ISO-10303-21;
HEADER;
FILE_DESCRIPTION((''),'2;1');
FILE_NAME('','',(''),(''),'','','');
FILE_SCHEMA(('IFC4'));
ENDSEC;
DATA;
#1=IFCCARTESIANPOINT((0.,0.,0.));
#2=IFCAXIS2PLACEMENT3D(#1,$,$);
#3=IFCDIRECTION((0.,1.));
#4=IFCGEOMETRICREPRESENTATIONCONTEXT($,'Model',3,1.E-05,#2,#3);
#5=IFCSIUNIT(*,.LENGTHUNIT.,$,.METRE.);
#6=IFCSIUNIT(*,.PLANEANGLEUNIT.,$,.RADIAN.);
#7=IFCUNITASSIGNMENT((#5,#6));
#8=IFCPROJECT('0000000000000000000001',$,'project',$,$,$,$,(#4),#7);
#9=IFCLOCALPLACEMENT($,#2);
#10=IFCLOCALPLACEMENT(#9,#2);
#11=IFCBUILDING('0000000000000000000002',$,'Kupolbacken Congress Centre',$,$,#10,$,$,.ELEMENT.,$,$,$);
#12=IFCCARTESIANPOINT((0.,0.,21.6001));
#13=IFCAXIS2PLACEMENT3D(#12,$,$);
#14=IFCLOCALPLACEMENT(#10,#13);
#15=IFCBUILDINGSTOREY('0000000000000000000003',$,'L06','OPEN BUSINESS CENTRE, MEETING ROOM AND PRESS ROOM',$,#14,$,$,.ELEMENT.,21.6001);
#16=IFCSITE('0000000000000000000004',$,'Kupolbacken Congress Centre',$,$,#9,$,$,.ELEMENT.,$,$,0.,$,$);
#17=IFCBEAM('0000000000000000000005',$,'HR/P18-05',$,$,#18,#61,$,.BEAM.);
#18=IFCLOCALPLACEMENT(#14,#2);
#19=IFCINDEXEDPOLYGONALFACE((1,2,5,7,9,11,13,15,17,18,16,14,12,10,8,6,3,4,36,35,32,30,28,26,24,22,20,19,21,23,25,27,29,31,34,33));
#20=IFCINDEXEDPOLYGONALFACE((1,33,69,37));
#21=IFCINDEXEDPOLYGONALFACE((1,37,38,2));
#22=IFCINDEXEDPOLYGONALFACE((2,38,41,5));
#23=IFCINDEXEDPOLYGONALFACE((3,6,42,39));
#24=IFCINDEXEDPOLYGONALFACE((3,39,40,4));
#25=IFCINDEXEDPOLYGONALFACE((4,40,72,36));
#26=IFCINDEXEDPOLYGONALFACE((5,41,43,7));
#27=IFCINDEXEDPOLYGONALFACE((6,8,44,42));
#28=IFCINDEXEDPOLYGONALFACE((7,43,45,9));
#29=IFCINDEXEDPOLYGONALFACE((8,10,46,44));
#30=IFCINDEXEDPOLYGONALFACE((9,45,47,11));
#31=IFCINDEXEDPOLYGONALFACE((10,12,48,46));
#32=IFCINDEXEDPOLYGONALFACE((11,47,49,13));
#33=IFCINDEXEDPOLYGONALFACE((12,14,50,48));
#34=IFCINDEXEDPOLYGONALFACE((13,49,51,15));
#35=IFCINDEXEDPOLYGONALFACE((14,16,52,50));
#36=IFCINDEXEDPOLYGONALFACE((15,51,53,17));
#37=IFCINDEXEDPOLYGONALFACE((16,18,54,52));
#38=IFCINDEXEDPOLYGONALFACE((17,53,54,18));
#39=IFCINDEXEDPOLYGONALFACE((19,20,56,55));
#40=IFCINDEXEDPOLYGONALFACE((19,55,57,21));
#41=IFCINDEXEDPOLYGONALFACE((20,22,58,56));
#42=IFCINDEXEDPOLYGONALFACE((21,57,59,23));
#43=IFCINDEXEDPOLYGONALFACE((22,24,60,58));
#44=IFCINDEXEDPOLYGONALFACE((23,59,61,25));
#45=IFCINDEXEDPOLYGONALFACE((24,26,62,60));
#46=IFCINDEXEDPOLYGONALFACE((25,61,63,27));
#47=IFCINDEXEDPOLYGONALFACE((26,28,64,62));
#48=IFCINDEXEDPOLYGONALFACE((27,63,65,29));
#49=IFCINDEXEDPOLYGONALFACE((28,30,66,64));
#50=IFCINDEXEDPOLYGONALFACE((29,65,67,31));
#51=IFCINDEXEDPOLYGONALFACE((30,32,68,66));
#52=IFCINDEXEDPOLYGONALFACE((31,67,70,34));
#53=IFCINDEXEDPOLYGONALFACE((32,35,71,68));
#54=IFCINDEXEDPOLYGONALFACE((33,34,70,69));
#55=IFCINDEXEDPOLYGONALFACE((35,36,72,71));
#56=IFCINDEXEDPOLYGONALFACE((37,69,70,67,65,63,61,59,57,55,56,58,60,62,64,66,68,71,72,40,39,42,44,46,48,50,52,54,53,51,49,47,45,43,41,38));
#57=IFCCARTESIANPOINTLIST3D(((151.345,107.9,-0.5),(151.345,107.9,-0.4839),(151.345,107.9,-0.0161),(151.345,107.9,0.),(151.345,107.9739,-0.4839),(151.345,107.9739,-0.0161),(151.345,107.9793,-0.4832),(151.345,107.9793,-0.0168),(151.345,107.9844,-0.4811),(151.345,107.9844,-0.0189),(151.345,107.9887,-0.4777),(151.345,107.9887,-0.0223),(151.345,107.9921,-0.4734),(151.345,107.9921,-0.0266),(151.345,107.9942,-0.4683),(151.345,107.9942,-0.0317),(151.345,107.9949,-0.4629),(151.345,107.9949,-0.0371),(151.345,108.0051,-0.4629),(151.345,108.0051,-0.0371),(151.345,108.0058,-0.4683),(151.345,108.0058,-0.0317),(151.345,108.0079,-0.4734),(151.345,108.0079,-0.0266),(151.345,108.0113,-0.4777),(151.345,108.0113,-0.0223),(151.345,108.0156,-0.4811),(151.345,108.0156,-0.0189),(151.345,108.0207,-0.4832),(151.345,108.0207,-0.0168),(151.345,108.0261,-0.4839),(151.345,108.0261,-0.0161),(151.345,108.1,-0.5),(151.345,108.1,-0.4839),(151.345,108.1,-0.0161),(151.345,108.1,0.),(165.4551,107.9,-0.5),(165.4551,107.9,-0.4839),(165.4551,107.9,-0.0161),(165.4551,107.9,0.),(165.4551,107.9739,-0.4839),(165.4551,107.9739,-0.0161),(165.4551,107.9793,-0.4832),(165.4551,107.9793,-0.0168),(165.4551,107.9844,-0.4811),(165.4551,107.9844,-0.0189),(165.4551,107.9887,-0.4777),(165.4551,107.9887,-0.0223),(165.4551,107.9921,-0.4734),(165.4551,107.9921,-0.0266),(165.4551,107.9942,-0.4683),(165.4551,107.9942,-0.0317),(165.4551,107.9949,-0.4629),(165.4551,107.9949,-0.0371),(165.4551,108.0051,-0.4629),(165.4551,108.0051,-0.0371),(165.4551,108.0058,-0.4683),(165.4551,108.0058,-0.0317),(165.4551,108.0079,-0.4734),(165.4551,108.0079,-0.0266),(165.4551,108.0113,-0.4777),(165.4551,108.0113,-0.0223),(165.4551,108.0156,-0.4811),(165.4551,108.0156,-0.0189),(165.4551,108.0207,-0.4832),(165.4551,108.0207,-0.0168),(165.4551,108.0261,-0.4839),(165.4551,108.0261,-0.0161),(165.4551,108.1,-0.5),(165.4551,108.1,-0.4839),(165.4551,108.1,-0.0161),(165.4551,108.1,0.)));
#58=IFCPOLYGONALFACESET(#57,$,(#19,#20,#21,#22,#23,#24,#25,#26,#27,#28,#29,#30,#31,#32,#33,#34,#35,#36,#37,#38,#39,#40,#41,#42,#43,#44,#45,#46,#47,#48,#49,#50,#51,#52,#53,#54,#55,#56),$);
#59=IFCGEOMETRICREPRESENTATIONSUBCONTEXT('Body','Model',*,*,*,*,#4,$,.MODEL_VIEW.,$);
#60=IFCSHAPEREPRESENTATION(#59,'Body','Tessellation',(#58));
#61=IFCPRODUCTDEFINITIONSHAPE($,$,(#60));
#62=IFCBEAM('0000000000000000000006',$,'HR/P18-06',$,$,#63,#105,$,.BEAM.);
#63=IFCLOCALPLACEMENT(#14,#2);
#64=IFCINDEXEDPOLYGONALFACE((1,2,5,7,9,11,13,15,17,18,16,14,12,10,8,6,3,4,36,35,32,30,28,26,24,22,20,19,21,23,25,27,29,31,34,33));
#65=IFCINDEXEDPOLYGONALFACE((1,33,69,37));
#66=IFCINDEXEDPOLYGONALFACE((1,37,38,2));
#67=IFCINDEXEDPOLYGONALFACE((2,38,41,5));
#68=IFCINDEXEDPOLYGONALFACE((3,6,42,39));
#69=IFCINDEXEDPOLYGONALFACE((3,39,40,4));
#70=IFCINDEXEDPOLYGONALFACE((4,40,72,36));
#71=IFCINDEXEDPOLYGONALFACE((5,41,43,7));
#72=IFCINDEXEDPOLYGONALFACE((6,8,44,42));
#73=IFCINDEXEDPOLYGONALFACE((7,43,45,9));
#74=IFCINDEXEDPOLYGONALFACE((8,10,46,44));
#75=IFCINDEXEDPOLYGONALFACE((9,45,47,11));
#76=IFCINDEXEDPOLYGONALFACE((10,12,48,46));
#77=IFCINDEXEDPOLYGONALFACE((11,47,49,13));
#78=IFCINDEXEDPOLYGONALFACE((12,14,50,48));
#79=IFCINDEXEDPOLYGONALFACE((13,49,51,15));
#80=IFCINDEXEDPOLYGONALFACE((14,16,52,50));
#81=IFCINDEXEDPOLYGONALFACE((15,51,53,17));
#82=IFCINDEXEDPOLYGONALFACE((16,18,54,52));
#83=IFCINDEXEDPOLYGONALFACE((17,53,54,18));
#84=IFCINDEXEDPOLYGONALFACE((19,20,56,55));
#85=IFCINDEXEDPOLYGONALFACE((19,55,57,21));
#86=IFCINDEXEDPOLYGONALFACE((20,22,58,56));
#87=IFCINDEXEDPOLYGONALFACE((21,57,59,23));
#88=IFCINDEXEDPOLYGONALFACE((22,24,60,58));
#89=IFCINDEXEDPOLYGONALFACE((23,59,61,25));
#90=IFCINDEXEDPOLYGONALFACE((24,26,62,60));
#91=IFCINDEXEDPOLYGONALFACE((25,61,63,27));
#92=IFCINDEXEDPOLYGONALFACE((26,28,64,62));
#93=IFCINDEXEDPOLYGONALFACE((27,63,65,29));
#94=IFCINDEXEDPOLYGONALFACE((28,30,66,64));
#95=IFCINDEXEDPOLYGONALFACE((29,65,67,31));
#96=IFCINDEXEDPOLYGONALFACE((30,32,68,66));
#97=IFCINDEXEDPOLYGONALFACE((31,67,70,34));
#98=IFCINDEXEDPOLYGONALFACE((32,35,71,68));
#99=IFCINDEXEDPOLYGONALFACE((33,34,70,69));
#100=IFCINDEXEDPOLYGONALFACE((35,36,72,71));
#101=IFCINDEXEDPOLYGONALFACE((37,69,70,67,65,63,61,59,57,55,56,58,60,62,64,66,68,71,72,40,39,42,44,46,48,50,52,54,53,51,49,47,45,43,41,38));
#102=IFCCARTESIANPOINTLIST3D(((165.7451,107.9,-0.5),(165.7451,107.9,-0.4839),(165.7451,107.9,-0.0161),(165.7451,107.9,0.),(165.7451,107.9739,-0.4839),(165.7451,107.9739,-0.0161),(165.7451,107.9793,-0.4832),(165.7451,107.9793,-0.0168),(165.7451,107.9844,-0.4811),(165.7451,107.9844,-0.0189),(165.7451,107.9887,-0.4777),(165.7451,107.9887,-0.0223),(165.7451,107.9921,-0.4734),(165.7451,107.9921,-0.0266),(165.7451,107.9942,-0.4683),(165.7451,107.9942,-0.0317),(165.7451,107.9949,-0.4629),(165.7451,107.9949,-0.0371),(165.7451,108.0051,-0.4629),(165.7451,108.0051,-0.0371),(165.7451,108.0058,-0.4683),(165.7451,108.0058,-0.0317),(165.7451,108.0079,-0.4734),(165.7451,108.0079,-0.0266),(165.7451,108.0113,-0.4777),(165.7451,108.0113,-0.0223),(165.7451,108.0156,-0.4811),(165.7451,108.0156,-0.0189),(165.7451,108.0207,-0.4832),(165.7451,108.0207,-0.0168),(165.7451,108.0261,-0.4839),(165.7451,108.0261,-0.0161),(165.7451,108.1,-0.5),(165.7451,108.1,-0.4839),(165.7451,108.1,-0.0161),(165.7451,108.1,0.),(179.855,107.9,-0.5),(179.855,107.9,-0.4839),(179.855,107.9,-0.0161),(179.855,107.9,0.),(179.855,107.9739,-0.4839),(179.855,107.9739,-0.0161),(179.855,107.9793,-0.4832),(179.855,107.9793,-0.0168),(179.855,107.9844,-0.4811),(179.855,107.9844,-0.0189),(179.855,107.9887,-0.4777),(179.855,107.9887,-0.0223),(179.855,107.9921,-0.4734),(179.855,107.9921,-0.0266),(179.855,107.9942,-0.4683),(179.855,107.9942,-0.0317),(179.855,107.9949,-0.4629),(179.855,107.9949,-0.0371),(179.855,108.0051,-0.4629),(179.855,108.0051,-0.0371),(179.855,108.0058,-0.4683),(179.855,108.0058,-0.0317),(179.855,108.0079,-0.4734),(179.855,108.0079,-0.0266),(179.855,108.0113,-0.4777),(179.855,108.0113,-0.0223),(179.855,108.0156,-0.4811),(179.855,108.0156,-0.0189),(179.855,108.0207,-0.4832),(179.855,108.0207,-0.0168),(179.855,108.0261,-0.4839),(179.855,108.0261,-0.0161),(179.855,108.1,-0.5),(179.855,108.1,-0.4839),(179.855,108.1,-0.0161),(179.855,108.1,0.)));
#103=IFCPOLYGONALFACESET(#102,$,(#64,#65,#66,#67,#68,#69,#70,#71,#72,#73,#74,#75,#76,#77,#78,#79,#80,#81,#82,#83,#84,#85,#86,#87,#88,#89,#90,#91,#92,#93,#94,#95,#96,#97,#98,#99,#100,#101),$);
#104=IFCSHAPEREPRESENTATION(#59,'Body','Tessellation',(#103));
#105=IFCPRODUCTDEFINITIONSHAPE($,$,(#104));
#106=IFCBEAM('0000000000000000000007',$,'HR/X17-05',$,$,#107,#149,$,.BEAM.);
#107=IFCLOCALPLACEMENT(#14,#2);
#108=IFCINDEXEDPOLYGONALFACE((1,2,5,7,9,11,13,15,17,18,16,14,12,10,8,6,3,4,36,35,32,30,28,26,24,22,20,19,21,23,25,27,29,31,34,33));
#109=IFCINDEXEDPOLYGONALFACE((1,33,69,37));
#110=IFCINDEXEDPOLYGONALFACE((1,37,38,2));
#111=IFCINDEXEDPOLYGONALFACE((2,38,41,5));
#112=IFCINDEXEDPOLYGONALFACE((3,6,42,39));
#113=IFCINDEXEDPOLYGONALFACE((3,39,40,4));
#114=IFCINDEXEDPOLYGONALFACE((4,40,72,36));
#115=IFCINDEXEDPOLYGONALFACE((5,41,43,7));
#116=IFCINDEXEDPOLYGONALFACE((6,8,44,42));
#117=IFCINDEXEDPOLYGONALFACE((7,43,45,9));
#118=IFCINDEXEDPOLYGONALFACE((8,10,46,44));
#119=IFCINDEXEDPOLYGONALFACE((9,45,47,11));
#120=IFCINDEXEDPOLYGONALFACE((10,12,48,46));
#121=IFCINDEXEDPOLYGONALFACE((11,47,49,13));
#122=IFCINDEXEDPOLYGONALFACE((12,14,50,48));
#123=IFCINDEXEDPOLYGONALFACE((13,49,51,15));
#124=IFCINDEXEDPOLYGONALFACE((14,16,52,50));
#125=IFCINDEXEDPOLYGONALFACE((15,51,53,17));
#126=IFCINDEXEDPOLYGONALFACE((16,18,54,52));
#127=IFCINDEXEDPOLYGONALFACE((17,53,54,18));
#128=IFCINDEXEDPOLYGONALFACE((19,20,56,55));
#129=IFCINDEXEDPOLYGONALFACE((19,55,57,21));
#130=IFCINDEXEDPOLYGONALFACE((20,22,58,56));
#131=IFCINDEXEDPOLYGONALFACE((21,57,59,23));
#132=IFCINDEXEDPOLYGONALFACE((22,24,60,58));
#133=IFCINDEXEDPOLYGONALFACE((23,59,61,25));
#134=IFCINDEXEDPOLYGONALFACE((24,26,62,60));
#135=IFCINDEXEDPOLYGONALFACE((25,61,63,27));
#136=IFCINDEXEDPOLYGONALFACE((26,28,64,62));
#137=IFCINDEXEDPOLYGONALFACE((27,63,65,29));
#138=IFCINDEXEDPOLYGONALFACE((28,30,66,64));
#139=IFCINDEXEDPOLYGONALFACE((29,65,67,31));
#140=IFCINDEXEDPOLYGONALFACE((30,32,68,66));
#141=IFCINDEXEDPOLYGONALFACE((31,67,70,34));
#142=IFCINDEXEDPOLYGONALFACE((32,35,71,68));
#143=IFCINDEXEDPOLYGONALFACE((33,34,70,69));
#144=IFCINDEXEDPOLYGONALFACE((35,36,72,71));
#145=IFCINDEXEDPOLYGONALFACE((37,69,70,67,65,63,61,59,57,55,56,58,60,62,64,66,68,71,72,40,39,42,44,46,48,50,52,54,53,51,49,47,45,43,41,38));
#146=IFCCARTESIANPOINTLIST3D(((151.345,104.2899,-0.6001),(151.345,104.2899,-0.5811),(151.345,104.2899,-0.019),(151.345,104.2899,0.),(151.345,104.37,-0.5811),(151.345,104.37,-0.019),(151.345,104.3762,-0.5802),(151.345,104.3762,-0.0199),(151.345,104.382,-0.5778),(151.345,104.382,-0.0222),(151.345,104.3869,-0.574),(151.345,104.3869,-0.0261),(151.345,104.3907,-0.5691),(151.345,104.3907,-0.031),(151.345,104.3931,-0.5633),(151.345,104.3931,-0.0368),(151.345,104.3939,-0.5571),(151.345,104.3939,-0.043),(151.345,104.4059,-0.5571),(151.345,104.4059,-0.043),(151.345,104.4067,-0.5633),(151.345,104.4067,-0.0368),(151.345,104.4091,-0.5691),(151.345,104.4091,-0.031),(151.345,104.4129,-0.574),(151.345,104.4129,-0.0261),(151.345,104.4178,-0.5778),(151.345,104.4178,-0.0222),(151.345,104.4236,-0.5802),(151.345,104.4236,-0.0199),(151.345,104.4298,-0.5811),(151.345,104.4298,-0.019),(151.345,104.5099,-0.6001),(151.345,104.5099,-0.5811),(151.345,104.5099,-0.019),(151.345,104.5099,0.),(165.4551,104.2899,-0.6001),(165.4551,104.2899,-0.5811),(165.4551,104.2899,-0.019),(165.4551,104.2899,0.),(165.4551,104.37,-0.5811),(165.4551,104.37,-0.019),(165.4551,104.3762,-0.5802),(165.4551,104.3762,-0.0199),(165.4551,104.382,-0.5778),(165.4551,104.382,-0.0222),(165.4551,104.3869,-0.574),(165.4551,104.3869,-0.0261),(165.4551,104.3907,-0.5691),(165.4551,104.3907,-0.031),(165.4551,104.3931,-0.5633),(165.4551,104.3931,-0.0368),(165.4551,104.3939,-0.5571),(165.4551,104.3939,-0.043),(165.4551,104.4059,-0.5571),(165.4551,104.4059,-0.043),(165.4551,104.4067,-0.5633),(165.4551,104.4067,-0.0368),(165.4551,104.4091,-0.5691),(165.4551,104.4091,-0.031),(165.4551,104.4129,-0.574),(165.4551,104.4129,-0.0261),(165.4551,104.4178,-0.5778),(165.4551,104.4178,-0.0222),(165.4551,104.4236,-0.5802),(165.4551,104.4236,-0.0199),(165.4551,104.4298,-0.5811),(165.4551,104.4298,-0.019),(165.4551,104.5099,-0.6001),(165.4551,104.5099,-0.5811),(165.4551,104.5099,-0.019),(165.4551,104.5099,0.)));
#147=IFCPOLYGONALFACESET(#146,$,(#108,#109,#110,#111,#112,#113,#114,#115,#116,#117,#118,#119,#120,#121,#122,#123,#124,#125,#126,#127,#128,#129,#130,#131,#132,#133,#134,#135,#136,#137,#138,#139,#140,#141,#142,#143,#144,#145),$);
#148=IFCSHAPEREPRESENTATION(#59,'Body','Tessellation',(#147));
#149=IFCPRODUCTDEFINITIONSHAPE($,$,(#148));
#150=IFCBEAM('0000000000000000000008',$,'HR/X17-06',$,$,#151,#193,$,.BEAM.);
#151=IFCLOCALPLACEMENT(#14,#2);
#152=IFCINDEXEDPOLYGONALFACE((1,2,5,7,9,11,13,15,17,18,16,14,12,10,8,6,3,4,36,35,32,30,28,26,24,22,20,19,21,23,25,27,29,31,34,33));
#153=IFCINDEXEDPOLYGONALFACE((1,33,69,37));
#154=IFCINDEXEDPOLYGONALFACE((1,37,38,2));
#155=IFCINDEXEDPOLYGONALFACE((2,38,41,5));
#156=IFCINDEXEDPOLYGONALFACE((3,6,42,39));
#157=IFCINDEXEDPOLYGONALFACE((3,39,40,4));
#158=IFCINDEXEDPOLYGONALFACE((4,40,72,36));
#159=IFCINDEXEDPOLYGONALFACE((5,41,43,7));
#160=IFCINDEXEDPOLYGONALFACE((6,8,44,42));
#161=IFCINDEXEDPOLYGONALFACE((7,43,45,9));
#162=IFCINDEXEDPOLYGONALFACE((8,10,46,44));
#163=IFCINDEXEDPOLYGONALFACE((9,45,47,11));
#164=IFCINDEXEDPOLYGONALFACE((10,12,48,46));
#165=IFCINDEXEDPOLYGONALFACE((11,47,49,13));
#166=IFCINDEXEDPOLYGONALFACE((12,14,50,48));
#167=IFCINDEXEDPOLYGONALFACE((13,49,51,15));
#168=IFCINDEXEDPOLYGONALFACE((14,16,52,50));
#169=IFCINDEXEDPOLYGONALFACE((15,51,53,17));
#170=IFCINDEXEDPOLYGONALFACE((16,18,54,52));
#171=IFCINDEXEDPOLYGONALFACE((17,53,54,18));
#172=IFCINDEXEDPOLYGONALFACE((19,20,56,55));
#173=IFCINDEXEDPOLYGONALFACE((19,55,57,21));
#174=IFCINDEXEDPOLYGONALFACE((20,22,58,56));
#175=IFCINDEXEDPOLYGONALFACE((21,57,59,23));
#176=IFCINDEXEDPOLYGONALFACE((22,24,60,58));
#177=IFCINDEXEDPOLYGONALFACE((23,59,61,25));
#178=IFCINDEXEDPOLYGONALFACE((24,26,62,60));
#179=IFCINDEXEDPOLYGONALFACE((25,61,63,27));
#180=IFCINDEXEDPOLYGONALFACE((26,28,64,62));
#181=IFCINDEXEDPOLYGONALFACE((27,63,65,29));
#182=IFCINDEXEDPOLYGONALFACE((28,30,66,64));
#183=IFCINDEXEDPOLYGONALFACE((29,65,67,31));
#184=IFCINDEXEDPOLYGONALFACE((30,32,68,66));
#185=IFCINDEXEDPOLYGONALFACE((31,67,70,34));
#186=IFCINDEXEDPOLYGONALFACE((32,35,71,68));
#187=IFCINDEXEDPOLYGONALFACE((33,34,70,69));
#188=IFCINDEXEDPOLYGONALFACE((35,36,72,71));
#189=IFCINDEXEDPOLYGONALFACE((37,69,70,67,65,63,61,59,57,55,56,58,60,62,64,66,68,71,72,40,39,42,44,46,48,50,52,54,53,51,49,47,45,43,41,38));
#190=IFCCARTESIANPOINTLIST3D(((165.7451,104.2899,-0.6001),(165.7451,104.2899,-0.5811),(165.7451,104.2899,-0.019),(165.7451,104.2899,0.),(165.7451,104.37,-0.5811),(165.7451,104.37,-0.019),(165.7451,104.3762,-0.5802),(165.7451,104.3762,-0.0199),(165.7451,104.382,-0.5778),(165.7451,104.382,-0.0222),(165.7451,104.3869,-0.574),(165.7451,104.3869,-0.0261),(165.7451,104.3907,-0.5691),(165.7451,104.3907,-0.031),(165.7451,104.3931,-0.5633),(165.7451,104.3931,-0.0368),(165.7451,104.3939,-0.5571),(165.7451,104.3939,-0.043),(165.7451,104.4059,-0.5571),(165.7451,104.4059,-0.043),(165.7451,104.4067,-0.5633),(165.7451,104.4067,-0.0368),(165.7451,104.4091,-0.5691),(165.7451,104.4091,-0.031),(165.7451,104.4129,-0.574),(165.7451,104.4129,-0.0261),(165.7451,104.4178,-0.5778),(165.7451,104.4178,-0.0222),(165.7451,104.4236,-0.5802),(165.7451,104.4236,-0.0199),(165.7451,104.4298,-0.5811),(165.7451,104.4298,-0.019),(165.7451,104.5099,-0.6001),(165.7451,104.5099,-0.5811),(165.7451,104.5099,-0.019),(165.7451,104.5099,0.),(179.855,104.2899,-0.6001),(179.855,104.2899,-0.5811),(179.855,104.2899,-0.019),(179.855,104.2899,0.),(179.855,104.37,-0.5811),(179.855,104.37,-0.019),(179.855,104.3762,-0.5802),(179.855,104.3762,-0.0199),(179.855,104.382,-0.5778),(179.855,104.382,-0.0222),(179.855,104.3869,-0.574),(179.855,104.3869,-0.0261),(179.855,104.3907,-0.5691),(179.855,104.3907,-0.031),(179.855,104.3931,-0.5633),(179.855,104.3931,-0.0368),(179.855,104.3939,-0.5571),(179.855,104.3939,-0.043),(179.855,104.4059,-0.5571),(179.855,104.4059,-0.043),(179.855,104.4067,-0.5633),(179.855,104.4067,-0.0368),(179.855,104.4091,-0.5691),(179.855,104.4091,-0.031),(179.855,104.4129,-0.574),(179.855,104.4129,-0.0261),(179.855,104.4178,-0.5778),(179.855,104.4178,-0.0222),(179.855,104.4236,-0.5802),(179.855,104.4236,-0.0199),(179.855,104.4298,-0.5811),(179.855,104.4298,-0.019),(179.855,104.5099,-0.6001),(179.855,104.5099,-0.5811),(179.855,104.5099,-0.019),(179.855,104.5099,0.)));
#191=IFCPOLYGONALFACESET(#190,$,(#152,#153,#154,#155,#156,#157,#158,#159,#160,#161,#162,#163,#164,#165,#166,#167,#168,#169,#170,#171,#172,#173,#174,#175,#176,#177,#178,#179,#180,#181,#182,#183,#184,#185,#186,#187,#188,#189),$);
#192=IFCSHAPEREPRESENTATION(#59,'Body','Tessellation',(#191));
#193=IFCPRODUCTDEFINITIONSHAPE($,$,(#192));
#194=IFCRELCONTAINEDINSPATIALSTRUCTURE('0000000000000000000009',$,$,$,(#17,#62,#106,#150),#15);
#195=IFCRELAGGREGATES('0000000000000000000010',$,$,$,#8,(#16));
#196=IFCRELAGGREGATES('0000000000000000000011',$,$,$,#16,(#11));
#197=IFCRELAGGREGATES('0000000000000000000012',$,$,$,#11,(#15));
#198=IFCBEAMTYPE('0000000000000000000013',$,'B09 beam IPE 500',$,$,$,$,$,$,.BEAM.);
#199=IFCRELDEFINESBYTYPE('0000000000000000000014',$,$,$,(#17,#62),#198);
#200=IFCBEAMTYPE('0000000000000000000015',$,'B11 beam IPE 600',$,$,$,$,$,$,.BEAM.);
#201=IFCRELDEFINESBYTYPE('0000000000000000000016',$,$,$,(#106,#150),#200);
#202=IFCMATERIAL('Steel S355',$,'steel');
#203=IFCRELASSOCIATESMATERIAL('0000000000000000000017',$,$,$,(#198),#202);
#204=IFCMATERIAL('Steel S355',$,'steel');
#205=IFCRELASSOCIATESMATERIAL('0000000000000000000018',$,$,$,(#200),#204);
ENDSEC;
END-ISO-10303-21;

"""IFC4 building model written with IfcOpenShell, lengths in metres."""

from ifc_helpers import new_model, si_unit, direction, frame, origin, origin_2d, place, context, subcontext, project, spatial, i_section, extrude, material, material_profile, profile_set, type_object, element, save


model = new_model("IFC4")

# Units and contexts
model_context = context("Model", 3, precision=1e-05, world=origin(), true_north=direction((0.0, 1.0)))
body_context = subcontext(model_context, "Body", "Model", "MODEL_VIEW")
ifc_project = project(units=[si_unit("LENGTHUNIT", "METRE"), si_unit("PLANEANGLEUNIT", "RADIAN")], contexts=[model_context])

# Site, building, storey
site_placement = place(None, origin())
site = spatial("IfcSite", under=ifc_project, at=site_placement, Name="Kupolbacken Congress Centre", CompositionType="ELEMENT", RefElevation=0.0)
building_placement = place(site_placement, origin())
building = spatial("IfcBuilding", under=site, at=building_placement, Name="Kupolbacken Congress Centre", CompositionType="ELEMENT")
storey_placement = place(building_placement, frame((0.0, 0.0, 21.6001)))
storey = spatial("IfcBuildingStorey", under=building, at=storey_placement, Name="L06", Description="OPEN BUSINESS CENTRE, MEETING ROOM AND PRESS ROOM", CompositionType="ELEMENT", Elevation=21.6001)

# Beams
ifc_material_1 = material(Name="Steel S355", Category="steel")
ifc_material_profile_1 = material_profile(ifc_material_1, i_section(OverallWidth=0.2, OverallDepth=0.5, WebThickness=0.0103, FlangeThickness=0.0161, FilletRadius=0.021, at=origin_2d()), Name="IPE 500")
ifc_profile_set_1 = profile_set([ifc_material_profile_1], Name="Steel S355")
beam_type_1 = type_object("IfcBeamType", Name="B09 beam IPE 500", PredefinedType="BEAM", material=ifc_profile_set_1)
beam_1_placement = place(storey_placement, frame((151.345, 108.0, -0.25), z_axis=(1.0, 0.0, 0.0), x_axis=(0.0, 1.0, 0.0)))
element("IfcBeam", 1, at=beam_1_placement, inside=storey, type_object=beam_type_1, Name="HR/P18-05", PredefinedType="BEAM", context=body_context, shape_type="SweptSolid", body=[
    extrude(i_section(OverallWidth=0.2, OverallDepth=0.5, WebThickness=0.0103, FlangeThickness=0.0161, FilletRadius=0.021, at=origin_2d()), origin(), (0.0, 0.0, 1.0), 14.1101),
])
beam_2_placement = place(storey_placement, frame((165.7451, 108.0, -0.25), z_axis=(1.0, 0.0, 0.0), x_axis=(0.0, 1.0, 0.0)))
element("IfcBeam", 2, at=beam_2_placement, inside=storey, type_object=beam_type_1, Name="HR/P18-06", PredefinedType="BEAM", context=body_context, shape_type="SweptSolid", body=[
    extrude(i_section(OverallWidth=0.2, OverallDepth=0.5, WebThickness=0.0103, FlangeThickness=0.0161, FilletRadius=0.021, at=origin_2d()), origin(), (0.0, 0.0, 1.0), 14.1099),
])
ifc_material_2 = material(Name="Steel S355", Category="steel")
ifc_material_profile_2 = material_profile(ifc_material_2, i_section(OverallWidth=0.22, OverallDepth=0.6001, WebThickness=0.012, FlangeThickness=0.019, FilletRadius=0.0239, at=origin_2d()), Name="IPE 600")
ifc_profile_set_2 = profile_set([ifc_material_profile_2], Name="Steel S355")
beam_type_2 = type_object("IfcBeamType", Name="B11 beam IPE 600", PredefinedType="BEAM", material=ifc_profile_set_2)
beam_3_placement = place(storey_placement, frame((151.345, 104.3999, -0.3), z_axis=(1.0, 0.0, 0.0), x_axis=(0.0, 1.0, 0.0)))
element("IfcBeam", 3, at=beam_3_placement, inside=storey, type_object=beam_type_2, Name="HR/X17-05", PredefinedType="BEAM", context=body_context, shape_type="SweptSolid", body=[
    extrude(i_section(OverallWidth=0.22, OverallDepth=0.6001, WebThickness=0.012, FlangeThickness=0.019, FilletRadius=0.0239, at=origin_2d()), origin(), (0.0, 0.0, 1.0), 14.1101),
])
beam_4_placement = place(storey_placement, frame((165.7451, 104.3999, -0.3), z_axis=(1.0, 0.0, 0.0), x_axis=(0.0, 1.0, 0.0)))
element("IfcBeam", 4, at=beam_4_placement, inside=storey, type_object=beam_type_2, Name="HR/X17-06", PredefinedType="BEAM", context=body_context, shape_type="SweptSolid", body=[
    extrude(i_section(OverallWidth=0.22, OverallDepth=0.6001, WebThickness=0.012, FlangeThickness=0.019, FilletRadius=0.0239, at=origin_2d()), origin(), (0.0, 0.0, 1.0), 14.1099),
])

save(model, "model.ifc")
